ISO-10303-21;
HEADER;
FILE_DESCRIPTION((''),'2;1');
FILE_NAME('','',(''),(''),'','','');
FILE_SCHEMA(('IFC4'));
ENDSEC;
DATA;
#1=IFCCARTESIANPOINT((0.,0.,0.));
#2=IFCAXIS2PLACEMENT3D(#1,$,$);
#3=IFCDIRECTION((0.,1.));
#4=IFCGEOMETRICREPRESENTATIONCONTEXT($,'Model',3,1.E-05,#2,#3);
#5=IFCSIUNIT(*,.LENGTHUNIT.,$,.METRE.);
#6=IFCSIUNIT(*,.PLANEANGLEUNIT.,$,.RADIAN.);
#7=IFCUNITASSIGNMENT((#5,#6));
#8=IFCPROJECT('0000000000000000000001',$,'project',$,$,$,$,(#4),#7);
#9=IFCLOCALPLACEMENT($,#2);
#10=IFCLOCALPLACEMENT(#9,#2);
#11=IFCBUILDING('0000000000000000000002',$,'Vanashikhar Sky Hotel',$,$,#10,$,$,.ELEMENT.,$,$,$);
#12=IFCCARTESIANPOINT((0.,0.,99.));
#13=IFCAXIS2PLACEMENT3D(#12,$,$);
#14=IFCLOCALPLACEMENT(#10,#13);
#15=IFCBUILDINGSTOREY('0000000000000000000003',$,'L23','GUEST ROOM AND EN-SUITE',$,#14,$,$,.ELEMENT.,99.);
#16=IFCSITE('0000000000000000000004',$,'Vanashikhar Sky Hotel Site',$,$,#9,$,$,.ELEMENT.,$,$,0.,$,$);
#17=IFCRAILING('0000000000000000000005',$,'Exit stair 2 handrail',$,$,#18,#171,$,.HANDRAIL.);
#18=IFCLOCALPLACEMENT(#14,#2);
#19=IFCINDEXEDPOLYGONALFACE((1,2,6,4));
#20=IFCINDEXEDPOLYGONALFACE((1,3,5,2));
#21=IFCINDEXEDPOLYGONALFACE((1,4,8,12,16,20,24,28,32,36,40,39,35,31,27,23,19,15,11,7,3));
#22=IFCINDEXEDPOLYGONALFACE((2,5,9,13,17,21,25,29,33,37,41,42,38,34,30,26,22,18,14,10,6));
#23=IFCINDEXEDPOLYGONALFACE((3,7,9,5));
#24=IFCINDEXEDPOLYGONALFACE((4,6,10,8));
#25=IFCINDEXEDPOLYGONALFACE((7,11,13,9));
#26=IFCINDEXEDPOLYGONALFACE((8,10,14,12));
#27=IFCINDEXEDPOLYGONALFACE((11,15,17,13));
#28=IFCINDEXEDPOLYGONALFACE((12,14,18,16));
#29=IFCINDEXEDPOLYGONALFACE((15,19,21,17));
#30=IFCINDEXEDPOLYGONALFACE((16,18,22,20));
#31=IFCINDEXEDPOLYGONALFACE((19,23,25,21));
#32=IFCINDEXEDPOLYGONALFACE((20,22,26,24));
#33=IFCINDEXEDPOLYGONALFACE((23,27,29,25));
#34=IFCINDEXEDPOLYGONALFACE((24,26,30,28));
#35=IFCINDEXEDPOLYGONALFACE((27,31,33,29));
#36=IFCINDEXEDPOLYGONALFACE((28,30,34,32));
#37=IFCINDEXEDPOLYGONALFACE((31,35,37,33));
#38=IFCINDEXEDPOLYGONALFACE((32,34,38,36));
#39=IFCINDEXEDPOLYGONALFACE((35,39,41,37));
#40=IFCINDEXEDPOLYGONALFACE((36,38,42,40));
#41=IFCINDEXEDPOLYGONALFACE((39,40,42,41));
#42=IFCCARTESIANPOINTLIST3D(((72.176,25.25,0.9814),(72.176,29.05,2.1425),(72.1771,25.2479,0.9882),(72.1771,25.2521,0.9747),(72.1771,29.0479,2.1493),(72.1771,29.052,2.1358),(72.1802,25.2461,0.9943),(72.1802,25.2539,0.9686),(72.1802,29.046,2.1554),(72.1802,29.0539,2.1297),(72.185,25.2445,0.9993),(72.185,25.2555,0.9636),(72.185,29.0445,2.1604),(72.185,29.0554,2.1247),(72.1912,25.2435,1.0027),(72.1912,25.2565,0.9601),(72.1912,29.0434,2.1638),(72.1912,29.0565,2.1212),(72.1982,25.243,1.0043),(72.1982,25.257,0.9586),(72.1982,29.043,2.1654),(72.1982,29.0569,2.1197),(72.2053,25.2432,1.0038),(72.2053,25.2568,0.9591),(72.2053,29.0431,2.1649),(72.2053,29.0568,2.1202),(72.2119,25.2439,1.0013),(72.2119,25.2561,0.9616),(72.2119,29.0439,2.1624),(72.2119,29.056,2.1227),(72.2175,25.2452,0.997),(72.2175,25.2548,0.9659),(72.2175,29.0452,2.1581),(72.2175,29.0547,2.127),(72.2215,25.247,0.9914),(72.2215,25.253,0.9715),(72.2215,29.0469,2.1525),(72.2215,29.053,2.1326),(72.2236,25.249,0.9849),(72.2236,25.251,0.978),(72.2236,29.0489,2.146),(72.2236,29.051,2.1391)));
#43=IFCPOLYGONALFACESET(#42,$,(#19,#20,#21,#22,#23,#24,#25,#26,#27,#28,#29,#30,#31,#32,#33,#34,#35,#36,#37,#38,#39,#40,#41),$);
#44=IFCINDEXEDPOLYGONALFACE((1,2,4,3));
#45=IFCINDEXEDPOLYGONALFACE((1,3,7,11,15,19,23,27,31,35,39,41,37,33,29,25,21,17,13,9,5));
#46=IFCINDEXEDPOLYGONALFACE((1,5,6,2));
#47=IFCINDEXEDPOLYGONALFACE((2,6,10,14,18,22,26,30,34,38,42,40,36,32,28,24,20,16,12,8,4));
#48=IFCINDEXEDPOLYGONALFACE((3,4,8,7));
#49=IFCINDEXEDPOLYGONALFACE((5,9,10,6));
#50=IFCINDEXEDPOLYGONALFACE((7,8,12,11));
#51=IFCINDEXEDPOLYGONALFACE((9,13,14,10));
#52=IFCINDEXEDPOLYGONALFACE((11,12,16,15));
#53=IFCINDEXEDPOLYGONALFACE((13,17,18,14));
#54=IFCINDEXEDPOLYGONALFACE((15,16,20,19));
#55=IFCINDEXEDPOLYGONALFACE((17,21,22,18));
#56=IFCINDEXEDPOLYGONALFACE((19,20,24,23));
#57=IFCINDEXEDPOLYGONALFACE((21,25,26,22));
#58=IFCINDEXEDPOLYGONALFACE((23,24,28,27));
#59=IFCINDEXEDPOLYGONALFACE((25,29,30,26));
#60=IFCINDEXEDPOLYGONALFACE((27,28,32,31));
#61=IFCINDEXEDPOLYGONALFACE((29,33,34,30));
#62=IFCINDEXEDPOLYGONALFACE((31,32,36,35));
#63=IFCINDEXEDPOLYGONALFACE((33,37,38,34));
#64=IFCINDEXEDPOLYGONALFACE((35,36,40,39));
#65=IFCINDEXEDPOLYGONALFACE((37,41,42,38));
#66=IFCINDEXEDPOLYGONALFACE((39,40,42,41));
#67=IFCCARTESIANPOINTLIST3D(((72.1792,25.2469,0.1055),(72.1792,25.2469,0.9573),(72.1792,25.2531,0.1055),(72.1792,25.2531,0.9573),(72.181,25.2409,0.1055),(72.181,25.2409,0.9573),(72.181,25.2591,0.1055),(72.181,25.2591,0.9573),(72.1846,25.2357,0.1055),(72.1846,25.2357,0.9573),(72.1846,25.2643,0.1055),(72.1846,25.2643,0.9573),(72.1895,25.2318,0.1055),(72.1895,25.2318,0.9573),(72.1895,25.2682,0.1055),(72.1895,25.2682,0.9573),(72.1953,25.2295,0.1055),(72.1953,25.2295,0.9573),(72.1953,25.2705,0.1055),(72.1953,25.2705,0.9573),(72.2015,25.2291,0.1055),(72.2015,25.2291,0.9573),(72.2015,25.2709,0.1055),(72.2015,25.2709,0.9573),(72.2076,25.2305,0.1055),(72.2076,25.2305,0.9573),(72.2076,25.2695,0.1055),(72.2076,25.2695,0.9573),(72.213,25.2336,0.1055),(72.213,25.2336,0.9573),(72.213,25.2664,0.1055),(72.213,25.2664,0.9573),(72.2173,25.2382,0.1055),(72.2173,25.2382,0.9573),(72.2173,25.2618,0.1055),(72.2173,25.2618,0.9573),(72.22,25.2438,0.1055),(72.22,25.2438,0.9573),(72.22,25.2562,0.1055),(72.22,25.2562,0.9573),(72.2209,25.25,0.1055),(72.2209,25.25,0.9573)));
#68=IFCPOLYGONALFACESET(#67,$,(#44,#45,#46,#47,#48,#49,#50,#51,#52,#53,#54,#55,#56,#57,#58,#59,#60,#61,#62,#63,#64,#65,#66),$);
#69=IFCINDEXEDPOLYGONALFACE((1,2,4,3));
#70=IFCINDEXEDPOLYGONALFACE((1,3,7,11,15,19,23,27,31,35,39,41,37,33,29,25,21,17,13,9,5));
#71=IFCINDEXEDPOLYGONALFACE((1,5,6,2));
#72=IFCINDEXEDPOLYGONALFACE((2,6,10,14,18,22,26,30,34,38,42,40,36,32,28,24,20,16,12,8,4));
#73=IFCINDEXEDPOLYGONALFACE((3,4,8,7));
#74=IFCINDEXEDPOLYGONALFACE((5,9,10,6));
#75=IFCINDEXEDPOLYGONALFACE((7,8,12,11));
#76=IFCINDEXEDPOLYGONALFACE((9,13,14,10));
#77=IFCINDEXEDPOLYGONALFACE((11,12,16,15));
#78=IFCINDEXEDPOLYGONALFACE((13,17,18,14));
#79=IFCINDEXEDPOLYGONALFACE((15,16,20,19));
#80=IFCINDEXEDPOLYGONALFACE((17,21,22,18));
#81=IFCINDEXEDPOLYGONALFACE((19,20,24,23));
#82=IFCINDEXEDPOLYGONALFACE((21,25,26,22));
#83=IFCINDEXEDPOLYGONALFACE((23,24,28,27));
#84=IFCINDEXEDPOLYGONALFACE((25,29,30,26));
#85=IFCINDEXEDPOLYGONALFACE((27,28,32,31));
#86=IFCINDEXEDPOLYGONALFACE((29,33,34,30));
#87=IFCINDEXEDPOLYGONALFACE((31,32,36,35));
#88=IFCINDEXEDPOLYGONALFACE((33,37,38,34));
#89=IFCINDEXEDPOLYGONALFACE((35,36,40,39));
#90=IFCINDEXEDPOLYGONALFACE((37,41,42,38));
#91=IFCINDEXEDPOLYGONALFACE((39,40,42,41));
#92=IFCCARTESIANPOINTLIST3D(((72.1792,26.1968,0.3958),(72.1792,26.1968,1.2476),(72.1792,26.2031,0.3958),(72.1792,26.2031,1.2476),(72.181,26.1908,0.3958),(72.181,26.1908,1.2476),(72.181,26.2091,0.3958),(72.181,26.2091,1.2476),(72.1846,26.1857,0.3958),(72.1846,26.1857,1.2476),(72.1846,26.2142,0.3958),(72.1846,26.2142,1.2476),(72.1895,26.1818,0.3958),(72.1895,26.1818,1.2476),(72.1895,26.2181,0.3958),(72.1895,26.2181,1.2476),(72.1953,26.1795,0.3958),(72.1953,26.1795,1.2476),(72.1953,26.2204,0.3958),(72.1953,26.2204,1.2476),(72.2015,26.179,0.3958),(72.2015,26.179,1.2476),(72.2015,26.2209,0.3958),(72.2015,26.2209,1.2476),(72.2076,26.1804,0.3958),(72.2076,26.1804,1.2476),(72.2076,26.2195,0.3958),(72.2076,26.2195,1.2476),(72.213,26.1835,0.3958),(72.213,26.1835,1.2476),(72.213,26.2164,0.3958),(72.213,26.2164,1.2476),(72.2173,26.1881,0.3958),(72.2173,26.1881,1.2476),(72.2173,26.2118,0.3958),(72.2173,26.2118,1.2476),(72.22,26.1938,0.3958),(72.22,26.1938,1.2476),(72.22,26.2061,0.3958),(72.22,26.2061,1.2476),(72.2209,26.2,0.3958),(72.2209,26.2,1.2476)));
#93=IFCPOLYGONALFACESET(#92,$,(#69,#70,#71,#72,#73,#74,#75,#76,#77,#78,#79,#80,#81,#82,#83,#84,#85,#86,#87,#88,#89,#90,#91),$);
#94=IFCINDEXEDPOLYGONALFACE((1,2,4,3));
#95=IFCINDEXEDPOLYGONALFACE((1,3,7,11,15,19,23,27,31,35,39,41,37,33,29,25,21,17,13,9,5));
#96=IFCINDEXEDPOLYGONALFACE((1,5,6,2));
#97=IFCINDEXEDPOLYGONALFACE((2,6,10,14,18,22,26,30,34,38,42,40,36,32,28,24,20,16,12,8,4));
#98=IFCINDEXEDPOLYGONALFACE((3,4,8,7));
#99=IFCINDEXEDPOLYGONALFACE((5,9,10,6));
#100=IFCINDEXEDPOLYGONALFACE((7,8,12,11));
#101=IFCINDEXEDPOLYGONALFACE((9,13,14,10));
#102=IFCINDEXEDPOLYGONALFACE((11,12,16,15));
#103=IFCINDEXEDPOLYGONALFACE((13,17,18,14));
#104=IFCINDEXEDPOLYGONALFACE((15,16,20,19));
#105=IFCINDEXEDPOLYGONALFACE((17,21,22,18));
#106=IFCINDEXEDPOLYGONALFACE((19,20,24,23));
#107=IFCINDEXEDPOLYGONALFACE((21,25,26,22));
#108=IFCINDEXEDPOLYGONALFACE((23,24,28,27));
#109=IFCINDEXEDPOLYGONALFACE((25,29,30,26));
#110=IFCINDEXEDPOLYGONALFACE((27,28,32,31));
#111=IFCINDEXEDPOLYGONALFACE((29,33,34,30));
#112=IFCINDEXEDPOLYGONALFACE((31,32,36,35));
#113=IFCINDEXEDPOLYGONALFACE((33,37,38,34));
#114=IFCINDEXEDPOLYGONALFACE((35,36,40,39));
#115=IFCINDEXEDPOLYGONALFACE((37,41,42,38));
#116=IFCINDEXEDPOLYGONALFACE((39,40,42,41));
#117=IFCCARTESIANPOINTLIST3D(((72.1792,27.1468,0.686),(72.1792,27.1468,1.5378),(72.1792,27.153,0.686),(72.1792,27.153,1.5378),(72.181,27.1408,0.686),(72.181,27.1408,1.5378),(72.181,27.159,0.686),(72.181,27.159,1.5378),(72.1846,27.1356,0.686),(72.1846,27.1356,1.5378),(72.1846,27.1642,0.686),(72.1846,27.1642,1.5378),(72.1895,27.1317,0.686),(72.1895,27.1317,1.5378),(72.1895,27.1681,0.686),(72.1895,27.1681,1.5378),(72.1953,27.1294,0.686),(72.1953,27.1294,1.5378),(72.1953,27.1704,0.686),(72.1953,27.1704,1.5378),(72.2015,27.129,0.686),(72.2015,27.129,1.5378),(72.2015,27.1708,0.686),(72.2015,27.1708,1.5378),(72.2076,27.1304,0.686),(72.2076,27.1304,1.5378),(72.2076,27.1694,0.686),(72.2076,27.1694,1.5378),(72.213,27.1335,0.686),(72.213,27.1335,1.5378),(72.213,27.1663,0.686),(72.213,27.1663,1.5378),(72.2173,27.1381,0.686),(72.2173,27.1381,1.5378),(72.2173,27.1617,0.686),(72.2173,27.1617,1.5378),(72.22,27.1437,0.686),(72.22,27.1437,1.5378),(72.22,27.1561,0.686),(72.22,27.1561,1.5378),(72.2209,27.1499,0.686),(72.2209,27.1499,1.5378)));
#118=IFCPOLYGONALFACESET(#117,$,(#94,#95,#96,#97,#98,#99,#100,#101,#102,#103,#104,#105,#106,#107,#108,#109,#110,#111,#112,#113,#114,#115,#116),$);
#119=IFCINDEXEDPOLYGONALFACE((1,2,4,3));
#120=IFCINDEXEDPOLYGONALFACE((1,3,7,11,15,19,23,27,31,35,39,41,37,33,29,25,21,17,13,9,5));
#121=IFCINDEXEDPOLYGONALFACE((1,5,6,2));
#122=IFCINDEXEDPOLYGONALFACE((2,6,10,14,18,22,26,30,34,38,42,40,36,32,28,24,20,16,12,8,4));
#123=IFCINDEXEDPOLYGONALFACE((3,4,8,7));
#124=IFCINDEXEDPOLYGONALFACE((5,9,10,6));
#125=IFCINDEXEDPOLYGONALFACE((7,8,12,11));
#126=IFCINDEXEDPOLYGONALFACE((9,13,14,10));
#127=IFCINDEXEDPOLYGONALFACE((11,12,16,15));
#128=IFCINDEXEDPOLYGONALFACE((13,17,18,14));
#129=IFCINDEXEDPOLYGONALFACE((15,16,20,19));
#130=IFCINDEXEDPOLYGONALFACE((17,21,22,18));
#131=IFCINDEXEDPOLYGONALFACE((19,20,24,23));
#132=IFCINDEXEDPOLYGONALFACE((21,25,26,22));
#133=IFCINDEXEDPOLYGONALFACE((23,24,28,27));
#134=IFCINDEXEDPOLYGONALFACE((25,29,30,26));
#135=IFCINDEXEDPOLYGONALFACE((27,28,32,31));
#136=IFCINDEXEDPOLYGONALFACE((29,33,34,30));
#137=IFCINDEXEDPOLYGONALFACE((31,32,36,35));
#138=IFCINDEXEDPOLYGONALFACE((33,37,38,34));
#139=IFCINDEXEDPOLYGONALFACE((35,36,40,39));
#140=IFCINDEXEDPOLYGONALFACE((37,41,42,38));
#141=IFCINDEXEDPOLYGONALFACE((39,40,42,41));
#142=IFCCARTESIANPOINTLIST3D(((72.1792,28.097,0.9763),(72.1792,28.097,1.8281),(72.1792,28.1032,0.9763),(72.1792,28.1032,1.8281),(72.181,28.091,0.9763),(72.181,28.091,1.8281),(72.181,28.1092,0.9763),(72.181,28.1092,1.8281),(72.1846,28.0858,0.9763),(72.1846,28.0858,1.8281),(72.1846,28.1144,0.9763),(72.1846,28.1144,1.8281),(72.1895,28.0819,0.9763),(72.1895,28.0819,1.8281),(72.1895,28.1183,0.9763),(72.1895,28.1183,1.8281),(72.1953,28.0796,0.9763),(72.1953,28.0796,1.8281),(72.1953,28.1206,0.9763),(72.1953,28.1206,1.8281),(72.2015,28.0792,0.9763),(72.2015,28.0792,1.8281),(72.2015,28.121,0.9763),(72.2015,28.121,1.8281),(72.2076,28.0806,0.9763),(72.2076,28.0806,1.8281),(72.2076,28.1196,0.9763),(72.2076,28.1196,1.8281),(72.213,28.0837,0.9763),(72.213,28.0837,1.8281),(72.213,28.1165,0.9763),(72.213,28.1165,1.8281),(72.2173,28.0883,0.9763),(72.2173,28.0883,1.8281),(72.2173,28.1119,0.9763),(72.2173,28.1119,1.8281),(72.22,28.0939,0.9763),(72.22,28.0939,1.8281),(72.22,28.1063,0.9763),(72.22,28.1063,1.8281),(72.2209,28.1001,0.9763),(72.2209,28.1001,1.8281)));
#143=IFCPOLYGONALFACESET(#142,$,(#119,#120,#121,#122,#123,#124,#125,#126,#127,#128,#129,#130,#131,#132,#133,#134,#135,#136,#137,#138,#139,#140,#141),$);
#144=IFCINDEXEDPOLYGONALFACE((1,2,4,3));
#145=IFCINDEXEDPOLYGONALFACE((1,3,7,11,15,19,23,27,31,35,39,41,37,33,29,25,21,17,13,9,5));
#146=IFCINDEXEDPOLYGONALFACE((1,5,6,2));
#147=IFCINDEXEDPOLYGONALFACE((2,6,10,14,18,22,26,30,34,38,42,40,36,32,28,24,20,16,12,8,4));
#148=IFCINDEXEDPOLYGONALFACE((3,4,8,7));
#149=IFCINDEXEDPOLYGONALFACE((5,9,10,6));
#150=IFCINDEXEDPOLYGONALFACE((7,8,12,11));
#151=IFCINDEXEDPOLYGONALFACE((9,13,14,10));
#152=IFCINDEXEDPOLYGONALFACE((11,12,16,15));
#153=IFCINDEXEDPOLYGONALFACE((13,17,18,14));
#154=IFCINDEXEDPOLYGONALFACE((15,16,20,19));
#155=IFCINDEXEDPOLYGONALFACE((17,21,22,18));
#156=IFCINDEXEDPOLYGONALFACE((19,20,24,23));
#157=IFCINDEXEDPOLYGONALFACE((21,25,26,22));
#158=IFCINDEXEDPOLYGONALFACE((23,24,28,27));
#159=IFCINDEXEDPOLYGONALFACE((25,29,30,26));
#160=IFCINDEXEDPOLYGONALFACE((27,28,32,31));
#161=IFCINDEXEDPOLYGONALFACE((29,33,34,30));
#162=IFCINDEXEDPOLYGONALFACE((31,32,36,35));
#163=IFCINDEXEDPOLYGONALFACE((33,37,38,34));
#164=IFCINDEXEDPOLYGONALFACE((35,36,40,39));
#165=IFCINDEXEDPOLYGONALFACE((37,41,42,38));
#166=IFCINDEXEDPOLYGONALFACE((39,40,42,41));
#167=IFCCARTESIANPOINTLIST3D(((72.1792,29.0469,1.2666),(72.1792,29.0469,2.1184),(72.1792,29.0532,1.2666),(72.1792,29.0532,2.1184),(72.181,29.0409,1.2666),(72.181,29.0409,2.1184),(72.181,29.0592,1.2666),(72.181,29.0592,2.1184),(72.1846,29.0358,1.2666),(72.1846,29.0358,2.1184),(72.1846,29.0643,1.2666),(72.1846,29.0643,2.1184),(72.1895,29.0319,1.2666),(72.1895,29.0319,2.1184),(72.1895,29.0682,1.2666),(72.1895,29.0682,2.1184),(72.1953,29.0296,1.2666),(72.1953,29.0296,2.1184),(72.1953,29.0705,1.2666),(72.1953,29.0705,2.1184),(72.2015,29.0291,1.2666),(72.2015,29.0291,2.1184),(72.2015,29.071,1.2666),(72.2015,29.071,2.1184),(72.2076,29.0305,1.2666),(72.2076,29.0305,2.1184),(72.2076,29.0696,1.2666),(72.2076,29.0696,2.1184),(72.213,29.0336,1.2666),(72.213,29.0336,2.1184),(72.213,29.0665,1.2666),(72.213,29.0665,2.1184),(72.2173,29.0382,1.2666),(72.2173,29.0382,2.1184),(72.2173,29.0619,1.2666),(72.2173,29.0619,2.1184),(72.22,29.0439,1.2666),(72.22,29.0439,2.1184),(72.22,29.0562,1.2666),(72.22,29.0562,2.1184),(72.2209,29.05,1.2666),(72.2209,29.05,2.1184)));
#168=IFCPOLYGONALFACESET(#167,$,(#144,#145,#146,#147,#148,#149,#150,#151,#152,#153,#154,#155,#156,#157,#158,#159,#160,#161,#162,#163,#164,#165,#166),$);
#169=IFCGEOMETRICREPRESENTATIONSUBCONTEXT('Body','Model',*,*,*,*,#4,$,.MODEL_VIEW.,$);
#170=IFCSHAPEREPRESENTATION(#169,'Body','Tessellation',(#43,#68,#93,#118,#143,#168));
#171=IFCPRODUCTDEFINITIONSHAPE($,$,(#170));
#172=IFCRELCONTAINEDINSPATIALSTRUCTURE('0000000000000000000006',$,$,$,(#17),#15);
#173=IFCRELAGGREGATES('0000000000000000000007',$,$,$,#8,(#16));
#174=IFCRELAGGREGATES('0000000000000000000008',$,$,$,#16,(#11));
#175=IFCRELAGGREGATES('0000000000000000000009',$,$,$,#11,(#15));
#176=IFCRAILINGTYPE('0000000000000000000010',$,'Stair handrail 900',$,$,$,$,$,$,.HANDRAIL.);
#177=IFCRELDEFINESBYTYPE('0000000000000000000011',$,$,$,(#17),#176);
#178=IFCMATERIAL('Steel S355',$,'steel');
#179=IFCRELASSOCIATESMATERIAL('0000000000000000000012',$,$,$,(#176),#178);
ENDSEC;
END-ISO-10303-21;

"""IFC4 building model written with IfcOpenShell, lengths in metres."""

from ifc_helpers import new_model, si_unit, direction, frame, origin, origin_2d, place, context, subcontext, project, spatial, circle, extrude, source, transform, mapped, material, type_object, element, save


model = new_model("IFC4")

# Units and contexts
model_context = context("Model", 3, precision=1e-05, world=origin(), true_north=direction((0.0, 1.0)))
body_context = subcontext(model_context, "Body", "Model", "MODEL_VIEW")
ifc_project = project(units=[si_unit("LENGTHUNIT", "METRE"), si_unit("PLANEANGLEUNIT", "RADIAN")], contexts=[model_context])

# Site, building, storey
site_placement = place(None, origin())
site = spatial("IfcSite", under=ifc_project, at=site_placement, Name="Vanashikhar Sky Hotel Site", CompositionType="ELEMENT", RefElevation=0.0)
building_placement = place(site_placement, origin())
building = spatial("IfcBuilding", under=site, at=building_placement, Name="Vanashikhar Sky Hotel", CompositionType="ELEMENT")
storey_placement = place(building_placement, frame((0.0, 0.0, 99.0)))
storey = spatial("IfcBuildingStorey", under=building, at=storey_placement, Name="L23", Description="GUEST ROOM AND EN-SUITE", CompositionType="ELEMENT", Elevation=99.0)

# Railing
ifc_material_1 = material(Name="Steel S355", Category="steel")
railing_type_1 = type_object("IfcRailingType", Name="Stair handrail 900", PredefinedType="HANDRAIL", material=ifc_material_1)
shared_shape_1 = source(origin(), body_context, "Body", "SweptSolid", [
    extrude(circle(Radius=0.0239, at=origin_2d()), frame((0.0, 0.0, 0.876), z_axis=(0.0, 0.956351, 0.29222), x_axis=(-1.0, 0.0, 0.0)), (0.0, 0.0, 1.0), 3.9734),
    extrude(circle(Radius=0.021, at=origin_2d()), origin(), (0.0, 0.0, 1.0), 0.8518),
    extrude(circle(Radius=0.021, at=origin_2d()), frame((0.0, 0.95, 0.2903)), (0.0, 0.0, 1.0), 0.8518),
    extrude(circle(Radius=0.021, at=origin_2d()), frame((0.0, 1.8999, 0.5806)), (0.0, 0.0, 1.0), 0.8518),
    extrude(circle(Radius=0.021, at=origin_2d()), frame((0.0, 2.8501, 0.8708)), (0.0, 0.0, 1.0), 0.8518),
    extrude(circle(Radius=0.021, at=origin_2d()), frame((0.0, 3.8, 1.1611)), (0.0, 0.0, 1.0), 0.8518),
])
for number, where, name in (
    (1, (72.2, 25.25, 0.1055), "Exit stair 2 handrail"),
):
    element("IfcRailing", number, at=place(storey_placement, frame(where)), inside=storey, type_object=railing_type_1, Name=name, PredefinedType="HANDRAIL", context=body_context, shape_type="MappedRepresentation", body=[
        mapped(shared_shape_1, transform((0.0, 0.0, 0.0), scale=1.0)),
    ])

save(model, "model.ifc")
